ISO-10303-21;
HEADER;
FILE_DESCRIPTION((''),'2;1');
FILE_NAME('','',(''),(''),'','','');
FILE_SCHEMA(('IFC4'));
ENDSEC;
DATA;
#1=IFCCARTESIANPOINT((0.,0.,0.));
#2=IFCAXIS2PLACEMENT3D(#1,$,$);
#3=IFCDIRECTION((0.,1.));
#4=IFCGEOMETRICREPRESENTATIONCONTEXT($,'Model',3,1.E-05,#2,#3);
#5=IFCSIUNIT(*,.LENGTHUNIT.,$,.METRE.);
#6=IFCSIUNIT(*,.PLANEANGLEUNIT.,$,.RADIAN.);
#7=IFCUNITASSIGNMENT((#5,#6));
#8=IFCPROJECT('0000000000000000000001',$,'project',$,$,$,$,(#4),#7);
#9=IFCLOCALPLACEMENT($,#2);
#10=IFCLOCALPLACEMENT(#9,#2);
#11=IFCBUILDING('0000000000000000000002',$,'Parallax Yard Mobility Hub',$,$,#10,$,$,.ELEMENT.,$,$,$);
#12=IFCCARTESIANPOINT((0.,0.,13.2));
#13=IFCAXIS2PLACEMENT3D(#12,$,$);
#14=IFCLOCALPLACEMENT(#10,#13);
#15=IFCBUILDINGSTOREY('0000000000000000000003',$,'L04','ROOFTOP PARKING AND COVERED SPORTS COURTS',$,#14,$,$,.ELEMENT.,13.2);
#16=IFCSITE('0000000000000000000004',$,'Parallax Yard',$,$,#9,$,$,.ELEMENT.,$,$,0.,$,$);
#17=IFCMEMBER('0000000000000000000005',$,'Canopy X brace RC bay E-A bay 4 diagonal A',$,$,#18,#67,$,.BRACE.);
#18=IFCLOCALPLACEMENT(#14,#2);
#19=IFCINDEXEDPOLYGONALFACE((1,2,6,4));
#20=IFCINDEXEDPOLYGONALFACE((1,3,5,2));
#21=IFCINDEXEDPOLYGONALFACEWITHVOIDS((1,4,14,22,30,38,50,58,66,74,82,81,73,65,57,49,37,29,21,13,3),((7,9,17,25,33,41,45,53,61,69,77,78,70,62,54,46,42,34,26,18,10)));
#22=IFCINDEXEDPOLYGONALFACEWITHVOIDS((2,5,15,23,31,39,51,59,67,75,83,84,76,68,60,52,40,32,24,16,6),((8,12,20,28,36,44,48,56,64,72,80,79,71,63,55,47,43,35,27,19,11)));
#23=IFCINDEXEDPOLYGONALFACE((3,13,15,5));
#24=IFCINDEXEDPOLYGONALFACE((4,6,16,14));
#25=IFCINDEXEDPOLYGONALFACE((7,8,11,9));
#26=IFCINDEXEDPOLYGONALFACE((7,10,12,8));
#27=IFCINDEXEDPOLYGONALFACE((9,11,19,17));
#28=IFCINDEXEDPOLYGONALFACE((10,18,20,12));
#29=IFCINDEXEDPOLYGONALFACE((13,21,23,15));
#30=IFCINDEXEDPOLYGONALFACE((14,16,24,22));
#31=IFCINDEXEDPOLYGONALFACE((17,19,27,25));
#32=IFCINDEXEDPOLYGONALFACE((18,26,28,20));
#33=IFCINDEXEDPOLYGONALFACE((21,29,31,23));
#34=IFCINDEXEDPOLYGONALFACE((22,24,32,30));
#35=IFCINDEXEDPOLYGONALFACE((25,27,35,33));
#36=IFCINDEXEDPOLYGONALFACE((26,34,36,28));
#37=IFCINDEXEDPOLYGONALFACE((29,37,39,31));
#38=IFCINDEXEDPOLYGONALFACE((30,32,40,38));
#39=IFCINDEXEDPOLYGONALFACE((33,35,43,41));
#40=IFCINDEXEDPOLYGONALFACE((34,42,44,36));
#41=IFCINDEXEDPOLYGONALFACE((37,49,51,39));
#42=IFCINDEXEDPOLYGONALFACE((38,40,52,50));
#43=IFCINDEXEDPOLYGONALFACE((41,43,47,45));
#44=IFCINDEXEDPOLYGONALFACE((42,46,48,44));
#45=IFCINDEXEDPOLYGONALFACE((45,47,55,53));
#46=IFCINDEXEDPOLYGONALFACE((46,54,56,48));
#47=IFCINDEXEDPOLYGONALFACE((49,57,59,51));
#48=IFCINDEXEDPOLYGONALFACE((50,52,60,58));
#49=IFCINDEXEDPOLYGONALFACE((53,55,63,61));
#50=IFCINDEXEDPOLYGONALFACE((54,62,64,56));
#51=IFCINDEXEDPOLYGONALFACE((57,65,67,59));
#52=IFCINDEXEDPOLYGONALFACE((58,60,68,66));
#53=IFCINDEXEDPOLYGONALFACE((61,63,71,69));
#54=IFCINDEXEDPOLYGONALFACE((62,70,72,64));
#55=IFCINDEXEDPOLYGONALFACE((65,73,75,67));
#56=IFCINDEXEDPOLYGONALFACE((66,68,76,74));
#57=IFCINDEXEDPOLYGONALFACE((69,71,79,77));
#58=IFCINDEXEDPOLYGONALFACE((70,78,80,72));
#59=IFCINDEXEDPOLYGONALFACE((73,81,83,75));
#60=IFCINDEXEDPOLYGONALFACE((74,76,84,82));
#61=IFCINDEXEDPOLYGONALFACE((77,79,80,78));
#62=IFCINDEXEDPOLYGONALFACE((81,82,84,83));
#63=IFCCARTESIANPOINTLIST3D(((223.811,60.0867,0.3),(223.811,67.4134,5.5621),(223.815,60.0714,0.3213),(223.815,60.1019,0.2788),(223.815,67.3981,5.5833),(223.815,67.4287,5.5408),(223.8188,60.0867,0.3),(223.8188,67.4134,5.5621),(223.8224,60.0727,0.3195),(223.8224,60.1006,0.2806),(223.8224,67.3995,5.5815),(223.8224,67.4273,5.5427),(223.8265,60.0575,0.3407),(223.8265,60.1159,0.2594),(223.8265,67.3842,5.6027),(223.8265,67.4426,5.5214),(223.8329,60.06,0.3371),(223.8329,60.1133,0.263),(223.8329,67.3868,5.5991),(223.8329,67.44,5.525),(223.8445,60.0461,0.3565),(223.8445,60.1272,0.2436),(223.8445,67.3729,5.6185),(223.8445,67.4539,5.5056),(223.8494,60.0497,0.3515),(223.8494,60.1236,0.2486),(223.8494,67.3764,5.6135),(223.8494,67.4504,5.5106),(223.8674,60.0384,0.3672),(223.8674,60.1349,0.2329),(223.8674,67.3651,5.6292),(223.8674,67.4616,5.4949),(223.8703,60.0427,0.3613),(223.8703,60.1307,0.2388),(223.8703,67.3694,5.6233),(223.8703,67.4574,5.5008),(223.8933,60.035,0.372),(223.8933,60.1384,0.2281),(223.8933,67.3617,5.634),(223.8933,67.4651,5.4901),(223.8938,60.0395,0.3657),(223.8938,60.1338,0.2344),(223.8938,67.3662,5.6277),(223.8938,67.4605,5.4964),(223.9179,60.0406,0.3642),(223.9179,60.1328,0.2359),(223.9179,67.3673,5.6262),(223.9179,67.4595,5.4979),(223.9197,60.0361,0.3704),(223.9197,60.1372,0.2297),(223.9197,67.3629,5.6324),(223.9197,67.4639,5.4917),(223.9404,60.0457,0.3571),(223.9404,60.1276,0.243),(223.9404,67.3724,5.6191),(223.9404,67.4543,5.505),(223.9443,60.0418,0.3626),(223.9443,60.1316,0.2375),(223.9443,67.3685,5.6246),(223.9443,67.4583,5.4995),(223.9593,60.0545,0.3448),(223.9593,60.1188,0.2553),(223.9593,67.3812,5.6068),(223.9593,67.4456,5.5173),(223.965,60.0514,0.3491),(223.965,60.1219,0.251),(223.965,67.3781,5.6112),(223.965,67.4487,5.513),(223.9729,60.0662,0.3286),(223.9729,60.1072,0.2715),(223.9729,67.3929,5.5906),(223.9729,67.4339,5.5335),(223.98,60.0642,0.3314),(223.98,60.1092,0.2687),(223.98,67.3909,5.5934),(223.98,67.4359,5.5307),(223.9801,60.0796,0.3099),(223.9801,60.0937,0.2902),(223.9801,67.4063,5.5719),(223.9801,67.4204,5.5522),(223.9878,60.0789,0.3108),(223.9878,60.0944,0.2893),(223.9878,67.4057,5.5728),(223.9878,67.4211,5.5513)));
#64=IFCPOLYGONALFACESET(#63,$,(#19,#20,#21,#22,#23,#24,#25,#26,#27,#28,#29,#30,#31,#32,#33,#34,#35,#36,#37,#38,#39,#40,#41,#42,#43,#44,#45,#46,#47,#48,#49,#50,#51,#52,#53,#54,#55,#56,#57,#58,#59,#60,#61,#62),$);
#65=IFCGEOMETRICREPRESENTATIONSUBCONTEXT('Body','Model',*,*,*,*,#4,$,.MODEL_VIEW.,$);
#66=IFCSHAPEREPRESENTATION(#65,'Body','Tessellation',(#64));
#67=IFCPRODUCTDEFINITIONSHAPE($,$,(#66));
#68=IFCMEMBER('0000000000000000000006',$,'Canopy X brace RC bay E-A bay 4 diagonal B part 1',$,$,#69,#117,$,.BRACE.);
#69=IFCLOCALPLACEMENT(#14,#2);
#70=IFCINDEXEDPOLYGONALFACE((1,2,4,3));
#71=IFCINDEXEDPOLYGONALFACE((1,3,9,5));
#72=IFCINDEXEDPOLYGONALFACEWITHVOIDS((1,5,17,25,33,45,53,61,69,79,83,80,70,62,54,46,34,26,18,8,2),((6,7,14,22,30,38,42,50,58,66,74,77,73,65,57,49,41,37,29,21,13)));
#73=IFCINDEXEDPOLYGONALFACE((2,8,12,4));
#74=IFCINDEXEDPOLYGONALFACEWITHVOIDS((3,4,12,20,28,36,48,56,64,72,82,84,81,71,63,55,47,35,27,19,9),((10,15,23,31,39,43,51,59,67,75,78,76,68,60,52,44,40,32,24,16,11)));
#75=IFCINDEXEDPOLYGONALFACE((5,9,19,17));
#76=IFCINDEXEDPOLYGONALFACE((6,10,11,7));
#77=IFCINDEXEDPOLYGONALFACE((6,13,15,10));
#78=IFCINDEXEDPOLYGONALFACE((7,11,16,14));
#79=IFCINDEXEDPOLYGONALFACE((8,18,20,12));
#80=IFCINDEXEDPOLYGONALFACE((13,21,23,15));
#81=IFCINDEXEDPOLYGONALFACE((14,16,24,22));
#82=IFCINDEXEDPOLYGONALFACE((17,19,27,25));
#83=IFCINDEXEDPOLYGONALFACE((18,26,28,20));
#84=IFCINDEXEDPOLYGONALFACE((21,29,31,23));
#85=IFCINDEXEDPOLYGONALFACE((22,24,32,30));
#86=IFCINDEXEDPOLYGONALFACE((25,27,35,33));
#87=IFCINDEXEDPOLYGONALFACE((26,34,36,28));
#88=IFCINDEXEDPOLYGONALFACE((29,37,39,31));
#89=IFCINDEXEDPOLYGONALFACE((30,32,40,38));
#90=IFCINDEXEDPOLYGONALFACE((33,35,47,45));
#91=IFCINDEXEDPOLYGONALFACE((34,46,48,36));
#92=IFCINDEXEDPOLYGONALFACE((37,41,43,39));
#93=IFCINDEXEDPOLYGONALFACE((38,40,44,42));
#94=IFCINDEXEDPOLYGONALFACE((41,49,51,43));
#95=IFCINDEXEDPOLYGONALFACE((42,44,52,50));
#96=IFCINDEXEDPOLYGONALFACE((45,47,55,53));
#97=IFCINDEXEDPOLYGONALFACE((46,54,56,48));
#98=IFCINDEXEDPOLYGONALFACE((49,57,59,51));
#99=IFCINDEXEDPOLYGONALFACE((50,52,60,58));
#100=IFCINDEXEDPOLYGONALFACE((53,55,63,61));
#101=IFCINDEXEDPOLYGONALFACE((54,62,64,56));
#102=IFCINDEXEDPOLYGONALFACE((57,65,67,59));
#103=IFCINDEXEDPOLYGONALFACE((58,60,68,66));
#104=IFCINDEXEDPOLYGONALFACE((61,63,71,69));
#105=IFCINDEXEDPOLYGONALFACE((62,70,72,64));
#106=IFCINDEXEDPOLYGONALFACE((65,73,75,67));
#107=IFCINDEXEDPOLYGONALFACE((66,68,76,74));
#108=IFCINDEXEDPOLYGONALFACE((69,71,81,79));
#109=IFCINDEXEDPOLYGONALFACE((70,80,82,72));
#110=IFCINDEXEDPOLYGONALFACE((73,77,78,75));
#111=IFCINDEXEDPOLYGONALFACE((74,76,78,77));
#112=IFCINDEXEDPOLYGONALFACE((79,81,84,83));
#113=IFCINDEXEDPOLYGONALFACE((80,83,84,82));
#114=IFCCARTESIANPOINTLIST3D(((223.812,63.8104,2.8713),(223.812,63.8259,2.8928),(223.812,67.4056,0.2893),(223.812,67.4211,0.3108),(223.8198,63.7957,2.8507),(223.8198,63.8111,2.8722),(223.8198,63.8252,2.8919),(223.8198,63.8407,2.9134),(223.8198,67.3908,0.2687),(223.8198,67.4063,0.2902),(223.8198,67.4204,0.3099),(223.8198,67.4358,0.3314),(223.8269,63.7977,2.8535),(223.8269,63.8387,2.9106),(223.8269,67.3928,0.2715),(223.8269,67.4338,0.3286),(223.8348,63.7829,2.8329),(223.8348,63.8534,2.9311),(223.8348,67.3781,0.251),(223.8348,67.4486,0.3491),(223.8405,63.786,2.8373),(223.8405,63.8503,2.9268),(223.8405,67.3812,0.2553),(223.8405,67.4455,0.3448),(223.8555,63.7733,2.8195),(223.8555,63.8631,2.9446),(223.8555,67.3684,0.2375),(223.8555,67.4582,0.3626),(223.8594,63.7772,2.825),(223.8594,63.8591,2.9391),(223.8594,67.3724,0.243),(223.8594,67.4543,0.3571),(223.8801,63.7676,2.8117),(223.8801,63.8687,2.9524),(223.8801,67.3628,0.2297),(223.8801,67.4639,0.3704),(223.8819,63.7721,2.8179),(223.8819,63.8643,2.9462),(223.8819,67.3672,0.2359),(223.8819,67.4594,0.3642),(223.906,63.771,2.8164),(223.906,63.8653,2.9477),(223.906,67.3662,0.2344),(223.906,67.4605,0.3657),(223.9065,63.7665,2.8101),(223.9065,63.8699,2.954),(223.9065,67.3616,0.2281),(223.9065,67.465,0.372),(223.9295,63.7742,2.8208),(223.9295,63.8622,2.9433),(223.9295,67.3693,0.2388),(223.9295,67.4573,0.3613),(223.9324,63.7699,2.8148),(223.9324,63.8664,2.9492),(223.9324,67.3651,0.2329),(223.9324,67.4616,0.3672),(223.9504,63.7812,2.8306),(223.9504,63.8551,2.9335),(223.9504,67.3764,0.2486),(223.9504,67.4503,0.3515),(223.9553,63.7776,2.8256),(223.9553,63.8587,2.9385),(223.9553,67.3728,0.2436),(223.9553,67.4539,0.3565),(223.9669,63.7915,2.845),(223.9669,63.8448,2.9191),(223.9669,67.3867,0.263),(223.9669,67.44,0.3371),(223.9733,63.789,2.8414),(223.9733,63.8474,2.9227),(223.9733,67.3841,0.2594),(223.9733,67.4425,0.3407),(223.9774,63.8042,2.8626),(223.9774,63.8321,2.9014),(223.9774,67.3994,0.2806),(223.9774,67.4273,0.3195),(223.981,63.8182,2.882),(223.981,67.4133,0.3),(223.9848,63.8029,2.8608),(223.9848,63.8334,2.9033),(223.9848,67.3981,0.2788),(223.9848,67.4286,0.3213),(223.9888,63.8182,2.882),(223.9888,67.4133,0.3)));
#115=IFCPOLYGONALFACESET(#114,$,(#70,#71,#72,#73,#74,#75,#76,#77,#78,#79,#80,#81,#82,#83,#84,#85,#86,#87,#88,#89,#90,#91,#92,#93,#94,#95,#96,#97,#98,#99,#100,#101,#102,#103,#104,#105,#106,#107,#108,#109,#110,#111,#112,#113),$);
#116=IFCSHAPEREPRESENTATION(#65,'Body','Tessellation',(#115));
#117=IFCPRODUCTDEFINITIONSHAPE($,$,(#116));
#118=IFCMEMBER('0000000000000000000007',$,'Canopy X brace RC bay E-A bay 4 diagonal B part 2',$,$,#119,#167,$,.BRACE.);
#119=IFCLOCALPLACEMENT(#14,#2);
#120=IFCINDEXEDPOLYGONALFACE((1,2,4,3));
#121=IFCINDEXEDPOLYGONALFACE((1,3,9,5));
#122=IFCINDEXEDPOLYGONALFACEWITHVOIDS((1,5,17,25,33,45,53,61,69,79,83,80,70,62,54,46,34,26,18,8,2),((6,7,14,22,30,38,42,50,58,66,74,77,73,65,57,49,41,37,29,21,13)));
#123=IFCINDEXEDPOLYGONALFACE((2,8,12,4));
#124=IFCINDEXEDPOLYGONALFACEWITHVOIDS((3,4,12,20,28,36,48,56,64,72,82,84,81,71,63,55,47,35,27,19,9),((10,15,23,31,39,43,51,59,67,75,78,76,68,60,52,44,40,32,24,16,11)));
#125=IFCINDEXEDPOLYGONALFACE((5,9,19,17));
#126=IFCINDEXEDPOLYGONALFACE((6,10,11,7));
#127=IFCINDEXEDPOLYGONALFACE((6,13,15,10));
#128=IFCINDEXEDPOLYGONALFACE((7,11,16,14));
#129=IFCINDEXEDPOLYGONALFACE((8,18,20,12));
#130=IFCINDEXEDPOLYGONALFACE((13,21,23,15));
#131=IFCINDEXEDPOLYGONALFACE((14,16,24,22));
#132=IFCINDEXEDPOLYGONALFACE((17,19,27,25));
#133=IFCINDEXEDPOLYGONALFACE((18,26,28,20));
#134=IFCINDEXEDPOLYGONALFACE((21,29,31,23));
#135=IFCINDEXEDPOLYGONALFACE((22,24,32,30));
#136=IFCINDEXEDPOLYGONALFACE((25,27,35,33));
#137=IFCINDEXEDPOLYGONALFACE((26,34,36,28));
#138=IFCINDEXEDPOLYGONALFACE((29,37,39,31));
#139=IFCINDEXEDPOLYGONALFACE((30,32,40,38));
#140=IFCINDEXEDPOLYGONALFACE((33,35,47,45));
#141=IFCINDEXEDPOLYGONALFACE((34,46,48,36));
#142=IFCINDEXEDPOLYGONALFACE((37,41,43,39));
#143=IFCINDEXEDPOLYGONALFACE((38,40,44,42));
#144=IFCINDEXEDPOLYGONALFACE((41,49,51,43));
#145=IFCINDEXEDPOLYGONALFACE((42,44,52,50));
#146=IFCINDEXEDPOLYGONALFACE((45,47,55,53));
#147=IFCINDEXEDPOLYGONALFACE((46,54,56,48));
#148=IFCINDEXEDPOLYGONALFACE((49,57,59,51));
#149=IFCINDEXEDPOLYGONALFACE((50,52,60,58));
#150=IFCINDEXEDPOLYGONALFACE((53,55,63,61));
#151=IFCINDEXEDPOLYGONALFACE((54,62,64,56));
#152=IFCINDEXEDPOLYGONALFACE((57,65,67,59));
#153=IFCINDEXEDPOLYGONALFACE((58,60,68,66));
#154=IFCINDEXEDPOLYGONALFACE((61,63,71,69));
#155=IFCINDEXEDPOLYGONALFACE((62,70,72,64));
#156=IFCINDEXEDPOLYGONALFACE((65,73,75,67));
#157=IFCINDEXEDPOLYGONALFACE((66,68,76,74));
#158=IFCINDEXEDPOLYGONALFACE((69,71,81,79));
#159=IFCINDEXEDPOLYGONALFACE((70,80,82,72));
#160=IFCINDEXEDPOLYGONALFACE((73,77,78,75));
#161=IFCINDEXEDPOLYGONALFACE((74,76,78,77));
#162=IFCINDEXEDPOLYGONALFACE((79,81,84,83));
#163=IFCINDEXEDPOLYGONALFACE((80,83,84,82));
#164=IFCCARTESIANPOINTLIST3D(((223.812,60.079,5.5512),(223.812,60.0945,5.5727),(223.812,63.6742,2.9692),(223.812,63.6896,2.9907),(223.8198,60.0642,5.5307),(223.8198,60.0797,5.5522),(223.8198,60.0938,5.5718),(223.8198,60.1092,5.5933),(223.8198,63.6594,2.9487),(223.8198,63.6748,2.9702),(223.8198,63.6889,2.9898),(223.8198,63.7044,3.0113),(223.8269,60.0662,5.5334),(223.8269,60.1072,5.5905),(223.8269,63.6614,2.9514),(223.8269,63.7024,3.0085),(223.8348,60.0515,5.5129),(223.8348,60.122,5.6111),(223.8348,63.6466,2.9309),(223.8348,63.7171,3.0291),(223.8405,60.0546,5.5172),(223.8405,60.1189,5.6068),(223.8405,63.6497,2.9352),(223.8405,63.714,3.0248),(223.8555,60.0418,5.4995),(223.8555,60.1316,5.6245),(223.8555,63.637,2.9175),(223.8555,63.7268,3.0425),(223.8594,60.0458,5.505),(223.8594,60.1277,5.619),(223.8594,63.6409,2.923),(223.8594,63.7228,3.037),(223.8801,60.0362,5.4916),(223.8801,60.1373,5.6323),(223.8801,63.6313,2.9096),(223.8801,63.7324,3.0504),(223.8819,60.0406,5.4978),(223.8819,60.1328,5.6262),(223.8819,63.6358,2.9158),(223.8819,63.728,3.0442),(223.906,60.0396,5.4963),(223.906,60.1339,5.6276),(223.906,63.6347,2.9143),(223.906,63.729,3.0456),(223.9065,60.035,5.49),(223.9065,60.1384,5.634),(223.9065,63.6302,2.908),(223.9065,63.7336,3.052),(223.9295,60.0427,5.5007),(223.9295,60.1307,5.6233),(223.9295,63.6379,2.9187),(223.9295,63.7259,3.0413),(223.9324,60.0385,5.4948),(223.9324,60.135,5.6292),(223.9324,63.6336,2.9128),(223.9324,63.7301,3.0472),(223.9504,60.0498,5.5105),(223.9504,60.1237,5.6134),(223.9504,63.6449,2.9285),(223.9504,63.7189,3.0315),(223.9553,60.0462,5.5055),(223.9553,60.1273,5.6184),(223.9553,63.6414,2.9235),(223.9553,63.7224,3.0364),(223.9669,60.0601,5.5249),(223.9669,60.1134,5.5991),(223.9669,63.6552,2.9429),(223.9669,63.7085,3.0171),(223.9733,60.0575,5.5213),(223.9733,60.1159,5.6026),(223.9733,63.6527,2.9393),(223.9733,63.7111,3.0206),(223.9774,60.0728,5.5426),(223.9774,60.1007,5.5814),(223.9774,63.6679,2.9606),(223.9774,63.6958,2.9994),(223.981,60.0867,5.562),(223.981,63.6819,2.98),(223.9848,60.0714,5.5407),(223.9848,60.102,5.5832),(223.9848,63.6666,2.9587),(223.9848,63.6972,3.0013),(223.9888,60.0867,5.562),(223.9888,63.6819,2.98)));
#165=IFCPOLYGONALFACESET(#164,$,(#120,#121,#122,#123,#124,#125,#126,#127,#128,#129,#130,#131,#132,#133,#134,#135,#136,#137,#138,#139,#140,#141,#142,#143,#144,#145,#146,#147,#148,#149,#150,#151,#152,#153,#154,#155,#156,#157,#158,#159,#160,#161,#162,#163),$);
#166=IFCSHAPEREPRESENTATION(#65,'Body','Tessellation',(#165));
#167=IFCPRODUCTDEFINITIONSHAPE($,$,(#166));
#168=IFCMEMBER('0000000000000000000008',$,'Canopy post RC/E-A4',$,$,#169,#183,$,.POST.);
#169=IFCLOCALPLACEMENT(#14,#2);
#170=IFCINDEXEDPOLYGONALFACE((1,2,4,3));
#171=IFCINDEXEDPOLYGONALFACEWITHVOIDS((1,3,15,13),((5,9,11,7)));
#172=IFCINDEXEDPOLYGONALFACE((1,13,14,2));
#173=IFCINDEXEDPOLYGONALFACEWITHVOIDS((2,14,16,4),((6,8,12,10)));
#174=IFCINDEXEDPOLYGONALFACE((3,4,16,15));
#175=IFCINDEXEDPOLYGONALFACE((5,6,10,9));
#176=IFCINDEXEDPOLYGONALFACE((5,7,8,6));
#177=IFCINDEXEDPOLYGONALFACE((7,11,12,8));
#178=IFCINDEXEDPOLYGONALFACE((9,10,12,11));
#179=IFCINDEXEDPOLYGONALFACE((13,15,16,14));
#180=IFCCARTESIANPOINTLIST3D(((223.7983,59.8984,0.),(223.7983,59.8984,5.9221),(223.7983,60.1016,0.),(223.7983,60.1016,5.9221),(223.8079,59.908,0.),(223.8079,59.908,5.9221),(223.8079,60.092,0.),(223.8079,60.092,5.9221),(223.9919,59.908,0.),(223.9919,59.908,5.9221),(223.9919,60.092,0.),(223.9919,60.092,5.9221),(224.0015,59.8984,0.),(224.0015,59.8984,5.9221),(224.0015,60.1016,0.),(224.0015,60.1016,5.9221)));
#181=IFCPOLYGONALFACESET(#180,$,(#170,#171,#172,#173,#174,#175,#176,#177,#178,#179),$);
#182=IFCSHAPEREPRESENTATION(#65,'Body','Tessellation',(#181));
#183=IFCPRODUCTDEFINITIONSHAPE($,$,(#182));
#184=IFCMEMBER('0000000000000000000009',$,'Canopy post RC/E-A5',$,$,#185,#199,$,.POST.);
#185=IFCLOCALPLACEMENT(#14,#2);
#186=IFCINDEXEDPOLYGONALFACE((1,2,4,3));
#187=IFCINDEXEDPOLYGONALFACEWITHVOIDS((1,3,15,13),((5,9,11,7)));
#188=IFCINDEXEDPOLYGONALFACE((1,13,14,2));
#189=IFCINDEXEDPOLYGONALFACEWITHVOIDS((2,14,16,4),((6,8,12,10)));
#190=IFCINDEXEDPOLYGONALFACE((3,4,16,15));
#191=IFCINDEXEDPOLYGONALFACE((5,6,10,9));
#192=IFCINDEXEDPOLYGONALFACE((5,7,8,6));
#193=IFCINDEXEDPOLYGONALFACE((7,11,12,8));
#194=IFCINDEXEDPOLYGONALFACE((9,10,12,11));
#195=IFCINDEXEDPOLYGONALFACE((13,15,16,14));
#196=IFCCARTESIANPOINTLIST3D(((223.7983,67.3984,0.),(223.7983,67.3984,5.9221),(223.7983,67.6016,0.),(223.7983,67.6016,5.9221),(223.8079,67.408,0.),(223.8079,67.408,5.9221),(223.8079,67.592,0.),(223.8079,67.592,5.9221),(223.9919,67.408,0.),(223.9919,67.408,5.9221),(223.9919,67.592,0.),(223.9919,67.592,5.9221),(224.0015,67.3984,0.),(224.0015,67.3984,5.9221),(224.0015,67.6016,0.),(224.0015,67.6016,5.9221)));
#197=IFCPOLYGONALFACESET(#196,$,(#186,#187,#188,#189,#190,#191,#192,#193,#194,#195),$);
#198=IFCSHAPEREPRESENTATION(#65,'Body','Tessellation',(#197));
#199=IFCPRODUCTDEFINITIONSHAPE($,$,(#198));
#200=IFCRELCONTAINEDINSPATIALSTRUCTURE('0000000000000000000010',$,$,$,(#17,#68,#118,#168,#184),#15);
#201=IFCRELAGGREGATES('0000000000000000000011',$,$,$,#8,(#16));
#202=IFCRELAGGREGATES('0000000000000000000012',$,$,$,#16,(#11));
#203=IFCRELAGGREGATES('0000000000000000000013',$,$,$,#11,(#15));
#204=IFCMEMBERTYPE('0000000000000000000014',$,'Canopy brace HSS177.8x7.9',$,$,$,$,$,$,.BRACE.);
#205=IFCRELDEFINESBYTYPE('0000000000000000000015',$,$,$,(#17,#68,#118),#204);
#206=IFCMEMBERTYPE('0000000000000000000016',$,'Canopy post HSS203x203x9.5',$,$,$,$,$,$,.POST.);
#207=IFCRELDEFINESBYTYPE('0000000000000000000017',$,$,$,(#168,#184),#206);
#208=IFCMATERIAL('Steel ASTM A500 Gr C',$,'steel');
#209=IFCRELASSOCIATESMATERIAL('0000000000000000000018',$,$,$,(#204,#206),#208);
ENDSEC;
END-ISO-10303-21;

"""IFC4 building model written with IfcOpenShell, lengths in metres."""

from ifc_helpers import new_model, si_unit, direction, frame, origin, origin_2d, place, context, subcontext, project, spatial, hollow_rectangle, hollow_circle, extrude, material, material_profile, profile_set, type_object, element, save


model = new_model("IFC4")

# Units and contexts
model_context = context("Model", 3, precision=1e-05, world=origin(), true_north=direction((0.0, 1.0)))
body_context = subcontext(model_context, "Body", "Model", "MODEL_VIEW")
ifc_project = project(units=[si_unit("LENGTHUNIT", "METRE"), si_unit("PLANEANGLEUNIT", "RADIAN")], contexts=[model_context])

# Site, building, storey
site_placement = place(None, origin())
site = spatial("IfcSite", under=ifc_project, at=site_placement, Name="Parallax Yard", CompositionType="ELEMENT", RefElevation=0.0)
building_placement = place(site_placement, origin())
building = spatial("IfcBuilding", under=site, at=building_placement, Name="Parallax Yard Mobility Hub", CompositionType="ELEMENT")
storey_placement = place(building_placement, frame((0.0, 0.0, 13.2)))
storey = spatial("IfcBuildingStorey", under=building, at=storey_placement, Name="L04", Description="ROOFTOP PARKING AND COVERED SPORTS COURTS", CompositionType="ELEMENT", Elevation=13.2)

# Members
ifc_material_1 = material(Name="Steel ASTM A500 Gr C", Category="steel")
ifc_material_profile_1 = material_profile(ifc_material_1, hollow_circle(Radius=0.0889, WallThickness=0.0078, at=origin_2d()), Name="HSS177.8x7.9")
ifc_profile_set_1 = profile_set([ifc_material_profile_1], Name="Steel ASTM A500 Gr C")
member_type_1 = type_object("IfcMemberType", Name="Canopy brace HSS177.8x7.9", PredefinedType="BRACE", material=ifc_profile_set_1)
member_1_placement = place(storey_placement, frame((223.8999, 60.0867, 0.3), z_axis=(0.0, 0.812229, 0.583338), x_axis=(-1.0, 0.0, 0.0)))
element("IfcMember", 1, at=member_1_placement, inside=storey, type_object=member_type_1, Name="Canopy X brace RC bay E-A bay 4 diagonal A", PredefinedType="BRACE", context=body_context, shape_type="SweptSolid", body=[
    extrude(hollow_circle(Radius=0.0889, WallThickness=0.0078, at=origin_2d()), origin(), (0.0, 0.0, 1.0), 9.0205),
])
for number, where, z_axis, x_axis, name in (
    (2, (223.8999, 67.4133, 0.3), (0.0, -0.812233, 0.583334), (1.0, 0.0, 0.0), "Canopy X brace RC bay E-A bay 4 diagonal B part 1"),
    (3, (223.8999, 63.6819, 2.98), (0.0, -0.812233, 0.583334), (1.0, 0.0, 0.0), "Canopy X brace RC bay E-A bay 4 diagonal B part 2"),
):
    element("IfcMember", number, at=place(storey_placement, frame(where, z_axis=z_axis, x_axis=x_axis)), inside=storey, type_object=member_type_1, Name=name, PredefinedType="BRACE", context=body_context, shape_type="SweptSolid", body=[
        extrude(hollow_circle(Radius=0.0889, WallThickness=0.0078, at=origin_2d()), origin(), (0.0, 0.0, 1.0), 4.4263),
    ])
ifc_material_profile_2 = material_profile(ifc_material_1, hollow_rectangle(XDim=0.2031, YDim=0.2031, WallThickness=0.0095, at=origin_2d()), Name="HSS203x203x9.5")
ifc_profile_set_2 = profile_set([ifc_material_profile_2], Name="Steel ASTM A500 Gr C")
member_type_2 = type_object("IfcMemberType", Name="Canopy post HSS203x203x9.5", PredefinedType="POST", material=ifc_profile_set_2)
for number, where, z_axis, x_axis, name in (
    (4, (223.8999, 60.0, 0.0), (0.0, 0.0, 1.0), (1.0, 0.0, 0.0), "Canopy post RC/E-A4"),
    (5, (223.8999, 67.5, 0.0), (0.0, 0.0, 1.0), (1.0, 0.0, 0.0), "Canopy post RC/E-A5"),
):
    element("IfcMember", number, at=place(storey_placement, frame(where, z_axis=z_axis, x_axis=x_axis)), inside=storey, type_object=member_type_2, Name=name, PredefinedType="POST", context=body_context, shape_type="SweptSolid", body=[
        extrude(hollow_rectangle(XDim=0.2031, YDim=0.2031, WallThickness=0.0095, at=origin_2d()), origin(), (0.0, 0.0, 1.0), 5.9221),
    ])

save(model, "model.ifc")
